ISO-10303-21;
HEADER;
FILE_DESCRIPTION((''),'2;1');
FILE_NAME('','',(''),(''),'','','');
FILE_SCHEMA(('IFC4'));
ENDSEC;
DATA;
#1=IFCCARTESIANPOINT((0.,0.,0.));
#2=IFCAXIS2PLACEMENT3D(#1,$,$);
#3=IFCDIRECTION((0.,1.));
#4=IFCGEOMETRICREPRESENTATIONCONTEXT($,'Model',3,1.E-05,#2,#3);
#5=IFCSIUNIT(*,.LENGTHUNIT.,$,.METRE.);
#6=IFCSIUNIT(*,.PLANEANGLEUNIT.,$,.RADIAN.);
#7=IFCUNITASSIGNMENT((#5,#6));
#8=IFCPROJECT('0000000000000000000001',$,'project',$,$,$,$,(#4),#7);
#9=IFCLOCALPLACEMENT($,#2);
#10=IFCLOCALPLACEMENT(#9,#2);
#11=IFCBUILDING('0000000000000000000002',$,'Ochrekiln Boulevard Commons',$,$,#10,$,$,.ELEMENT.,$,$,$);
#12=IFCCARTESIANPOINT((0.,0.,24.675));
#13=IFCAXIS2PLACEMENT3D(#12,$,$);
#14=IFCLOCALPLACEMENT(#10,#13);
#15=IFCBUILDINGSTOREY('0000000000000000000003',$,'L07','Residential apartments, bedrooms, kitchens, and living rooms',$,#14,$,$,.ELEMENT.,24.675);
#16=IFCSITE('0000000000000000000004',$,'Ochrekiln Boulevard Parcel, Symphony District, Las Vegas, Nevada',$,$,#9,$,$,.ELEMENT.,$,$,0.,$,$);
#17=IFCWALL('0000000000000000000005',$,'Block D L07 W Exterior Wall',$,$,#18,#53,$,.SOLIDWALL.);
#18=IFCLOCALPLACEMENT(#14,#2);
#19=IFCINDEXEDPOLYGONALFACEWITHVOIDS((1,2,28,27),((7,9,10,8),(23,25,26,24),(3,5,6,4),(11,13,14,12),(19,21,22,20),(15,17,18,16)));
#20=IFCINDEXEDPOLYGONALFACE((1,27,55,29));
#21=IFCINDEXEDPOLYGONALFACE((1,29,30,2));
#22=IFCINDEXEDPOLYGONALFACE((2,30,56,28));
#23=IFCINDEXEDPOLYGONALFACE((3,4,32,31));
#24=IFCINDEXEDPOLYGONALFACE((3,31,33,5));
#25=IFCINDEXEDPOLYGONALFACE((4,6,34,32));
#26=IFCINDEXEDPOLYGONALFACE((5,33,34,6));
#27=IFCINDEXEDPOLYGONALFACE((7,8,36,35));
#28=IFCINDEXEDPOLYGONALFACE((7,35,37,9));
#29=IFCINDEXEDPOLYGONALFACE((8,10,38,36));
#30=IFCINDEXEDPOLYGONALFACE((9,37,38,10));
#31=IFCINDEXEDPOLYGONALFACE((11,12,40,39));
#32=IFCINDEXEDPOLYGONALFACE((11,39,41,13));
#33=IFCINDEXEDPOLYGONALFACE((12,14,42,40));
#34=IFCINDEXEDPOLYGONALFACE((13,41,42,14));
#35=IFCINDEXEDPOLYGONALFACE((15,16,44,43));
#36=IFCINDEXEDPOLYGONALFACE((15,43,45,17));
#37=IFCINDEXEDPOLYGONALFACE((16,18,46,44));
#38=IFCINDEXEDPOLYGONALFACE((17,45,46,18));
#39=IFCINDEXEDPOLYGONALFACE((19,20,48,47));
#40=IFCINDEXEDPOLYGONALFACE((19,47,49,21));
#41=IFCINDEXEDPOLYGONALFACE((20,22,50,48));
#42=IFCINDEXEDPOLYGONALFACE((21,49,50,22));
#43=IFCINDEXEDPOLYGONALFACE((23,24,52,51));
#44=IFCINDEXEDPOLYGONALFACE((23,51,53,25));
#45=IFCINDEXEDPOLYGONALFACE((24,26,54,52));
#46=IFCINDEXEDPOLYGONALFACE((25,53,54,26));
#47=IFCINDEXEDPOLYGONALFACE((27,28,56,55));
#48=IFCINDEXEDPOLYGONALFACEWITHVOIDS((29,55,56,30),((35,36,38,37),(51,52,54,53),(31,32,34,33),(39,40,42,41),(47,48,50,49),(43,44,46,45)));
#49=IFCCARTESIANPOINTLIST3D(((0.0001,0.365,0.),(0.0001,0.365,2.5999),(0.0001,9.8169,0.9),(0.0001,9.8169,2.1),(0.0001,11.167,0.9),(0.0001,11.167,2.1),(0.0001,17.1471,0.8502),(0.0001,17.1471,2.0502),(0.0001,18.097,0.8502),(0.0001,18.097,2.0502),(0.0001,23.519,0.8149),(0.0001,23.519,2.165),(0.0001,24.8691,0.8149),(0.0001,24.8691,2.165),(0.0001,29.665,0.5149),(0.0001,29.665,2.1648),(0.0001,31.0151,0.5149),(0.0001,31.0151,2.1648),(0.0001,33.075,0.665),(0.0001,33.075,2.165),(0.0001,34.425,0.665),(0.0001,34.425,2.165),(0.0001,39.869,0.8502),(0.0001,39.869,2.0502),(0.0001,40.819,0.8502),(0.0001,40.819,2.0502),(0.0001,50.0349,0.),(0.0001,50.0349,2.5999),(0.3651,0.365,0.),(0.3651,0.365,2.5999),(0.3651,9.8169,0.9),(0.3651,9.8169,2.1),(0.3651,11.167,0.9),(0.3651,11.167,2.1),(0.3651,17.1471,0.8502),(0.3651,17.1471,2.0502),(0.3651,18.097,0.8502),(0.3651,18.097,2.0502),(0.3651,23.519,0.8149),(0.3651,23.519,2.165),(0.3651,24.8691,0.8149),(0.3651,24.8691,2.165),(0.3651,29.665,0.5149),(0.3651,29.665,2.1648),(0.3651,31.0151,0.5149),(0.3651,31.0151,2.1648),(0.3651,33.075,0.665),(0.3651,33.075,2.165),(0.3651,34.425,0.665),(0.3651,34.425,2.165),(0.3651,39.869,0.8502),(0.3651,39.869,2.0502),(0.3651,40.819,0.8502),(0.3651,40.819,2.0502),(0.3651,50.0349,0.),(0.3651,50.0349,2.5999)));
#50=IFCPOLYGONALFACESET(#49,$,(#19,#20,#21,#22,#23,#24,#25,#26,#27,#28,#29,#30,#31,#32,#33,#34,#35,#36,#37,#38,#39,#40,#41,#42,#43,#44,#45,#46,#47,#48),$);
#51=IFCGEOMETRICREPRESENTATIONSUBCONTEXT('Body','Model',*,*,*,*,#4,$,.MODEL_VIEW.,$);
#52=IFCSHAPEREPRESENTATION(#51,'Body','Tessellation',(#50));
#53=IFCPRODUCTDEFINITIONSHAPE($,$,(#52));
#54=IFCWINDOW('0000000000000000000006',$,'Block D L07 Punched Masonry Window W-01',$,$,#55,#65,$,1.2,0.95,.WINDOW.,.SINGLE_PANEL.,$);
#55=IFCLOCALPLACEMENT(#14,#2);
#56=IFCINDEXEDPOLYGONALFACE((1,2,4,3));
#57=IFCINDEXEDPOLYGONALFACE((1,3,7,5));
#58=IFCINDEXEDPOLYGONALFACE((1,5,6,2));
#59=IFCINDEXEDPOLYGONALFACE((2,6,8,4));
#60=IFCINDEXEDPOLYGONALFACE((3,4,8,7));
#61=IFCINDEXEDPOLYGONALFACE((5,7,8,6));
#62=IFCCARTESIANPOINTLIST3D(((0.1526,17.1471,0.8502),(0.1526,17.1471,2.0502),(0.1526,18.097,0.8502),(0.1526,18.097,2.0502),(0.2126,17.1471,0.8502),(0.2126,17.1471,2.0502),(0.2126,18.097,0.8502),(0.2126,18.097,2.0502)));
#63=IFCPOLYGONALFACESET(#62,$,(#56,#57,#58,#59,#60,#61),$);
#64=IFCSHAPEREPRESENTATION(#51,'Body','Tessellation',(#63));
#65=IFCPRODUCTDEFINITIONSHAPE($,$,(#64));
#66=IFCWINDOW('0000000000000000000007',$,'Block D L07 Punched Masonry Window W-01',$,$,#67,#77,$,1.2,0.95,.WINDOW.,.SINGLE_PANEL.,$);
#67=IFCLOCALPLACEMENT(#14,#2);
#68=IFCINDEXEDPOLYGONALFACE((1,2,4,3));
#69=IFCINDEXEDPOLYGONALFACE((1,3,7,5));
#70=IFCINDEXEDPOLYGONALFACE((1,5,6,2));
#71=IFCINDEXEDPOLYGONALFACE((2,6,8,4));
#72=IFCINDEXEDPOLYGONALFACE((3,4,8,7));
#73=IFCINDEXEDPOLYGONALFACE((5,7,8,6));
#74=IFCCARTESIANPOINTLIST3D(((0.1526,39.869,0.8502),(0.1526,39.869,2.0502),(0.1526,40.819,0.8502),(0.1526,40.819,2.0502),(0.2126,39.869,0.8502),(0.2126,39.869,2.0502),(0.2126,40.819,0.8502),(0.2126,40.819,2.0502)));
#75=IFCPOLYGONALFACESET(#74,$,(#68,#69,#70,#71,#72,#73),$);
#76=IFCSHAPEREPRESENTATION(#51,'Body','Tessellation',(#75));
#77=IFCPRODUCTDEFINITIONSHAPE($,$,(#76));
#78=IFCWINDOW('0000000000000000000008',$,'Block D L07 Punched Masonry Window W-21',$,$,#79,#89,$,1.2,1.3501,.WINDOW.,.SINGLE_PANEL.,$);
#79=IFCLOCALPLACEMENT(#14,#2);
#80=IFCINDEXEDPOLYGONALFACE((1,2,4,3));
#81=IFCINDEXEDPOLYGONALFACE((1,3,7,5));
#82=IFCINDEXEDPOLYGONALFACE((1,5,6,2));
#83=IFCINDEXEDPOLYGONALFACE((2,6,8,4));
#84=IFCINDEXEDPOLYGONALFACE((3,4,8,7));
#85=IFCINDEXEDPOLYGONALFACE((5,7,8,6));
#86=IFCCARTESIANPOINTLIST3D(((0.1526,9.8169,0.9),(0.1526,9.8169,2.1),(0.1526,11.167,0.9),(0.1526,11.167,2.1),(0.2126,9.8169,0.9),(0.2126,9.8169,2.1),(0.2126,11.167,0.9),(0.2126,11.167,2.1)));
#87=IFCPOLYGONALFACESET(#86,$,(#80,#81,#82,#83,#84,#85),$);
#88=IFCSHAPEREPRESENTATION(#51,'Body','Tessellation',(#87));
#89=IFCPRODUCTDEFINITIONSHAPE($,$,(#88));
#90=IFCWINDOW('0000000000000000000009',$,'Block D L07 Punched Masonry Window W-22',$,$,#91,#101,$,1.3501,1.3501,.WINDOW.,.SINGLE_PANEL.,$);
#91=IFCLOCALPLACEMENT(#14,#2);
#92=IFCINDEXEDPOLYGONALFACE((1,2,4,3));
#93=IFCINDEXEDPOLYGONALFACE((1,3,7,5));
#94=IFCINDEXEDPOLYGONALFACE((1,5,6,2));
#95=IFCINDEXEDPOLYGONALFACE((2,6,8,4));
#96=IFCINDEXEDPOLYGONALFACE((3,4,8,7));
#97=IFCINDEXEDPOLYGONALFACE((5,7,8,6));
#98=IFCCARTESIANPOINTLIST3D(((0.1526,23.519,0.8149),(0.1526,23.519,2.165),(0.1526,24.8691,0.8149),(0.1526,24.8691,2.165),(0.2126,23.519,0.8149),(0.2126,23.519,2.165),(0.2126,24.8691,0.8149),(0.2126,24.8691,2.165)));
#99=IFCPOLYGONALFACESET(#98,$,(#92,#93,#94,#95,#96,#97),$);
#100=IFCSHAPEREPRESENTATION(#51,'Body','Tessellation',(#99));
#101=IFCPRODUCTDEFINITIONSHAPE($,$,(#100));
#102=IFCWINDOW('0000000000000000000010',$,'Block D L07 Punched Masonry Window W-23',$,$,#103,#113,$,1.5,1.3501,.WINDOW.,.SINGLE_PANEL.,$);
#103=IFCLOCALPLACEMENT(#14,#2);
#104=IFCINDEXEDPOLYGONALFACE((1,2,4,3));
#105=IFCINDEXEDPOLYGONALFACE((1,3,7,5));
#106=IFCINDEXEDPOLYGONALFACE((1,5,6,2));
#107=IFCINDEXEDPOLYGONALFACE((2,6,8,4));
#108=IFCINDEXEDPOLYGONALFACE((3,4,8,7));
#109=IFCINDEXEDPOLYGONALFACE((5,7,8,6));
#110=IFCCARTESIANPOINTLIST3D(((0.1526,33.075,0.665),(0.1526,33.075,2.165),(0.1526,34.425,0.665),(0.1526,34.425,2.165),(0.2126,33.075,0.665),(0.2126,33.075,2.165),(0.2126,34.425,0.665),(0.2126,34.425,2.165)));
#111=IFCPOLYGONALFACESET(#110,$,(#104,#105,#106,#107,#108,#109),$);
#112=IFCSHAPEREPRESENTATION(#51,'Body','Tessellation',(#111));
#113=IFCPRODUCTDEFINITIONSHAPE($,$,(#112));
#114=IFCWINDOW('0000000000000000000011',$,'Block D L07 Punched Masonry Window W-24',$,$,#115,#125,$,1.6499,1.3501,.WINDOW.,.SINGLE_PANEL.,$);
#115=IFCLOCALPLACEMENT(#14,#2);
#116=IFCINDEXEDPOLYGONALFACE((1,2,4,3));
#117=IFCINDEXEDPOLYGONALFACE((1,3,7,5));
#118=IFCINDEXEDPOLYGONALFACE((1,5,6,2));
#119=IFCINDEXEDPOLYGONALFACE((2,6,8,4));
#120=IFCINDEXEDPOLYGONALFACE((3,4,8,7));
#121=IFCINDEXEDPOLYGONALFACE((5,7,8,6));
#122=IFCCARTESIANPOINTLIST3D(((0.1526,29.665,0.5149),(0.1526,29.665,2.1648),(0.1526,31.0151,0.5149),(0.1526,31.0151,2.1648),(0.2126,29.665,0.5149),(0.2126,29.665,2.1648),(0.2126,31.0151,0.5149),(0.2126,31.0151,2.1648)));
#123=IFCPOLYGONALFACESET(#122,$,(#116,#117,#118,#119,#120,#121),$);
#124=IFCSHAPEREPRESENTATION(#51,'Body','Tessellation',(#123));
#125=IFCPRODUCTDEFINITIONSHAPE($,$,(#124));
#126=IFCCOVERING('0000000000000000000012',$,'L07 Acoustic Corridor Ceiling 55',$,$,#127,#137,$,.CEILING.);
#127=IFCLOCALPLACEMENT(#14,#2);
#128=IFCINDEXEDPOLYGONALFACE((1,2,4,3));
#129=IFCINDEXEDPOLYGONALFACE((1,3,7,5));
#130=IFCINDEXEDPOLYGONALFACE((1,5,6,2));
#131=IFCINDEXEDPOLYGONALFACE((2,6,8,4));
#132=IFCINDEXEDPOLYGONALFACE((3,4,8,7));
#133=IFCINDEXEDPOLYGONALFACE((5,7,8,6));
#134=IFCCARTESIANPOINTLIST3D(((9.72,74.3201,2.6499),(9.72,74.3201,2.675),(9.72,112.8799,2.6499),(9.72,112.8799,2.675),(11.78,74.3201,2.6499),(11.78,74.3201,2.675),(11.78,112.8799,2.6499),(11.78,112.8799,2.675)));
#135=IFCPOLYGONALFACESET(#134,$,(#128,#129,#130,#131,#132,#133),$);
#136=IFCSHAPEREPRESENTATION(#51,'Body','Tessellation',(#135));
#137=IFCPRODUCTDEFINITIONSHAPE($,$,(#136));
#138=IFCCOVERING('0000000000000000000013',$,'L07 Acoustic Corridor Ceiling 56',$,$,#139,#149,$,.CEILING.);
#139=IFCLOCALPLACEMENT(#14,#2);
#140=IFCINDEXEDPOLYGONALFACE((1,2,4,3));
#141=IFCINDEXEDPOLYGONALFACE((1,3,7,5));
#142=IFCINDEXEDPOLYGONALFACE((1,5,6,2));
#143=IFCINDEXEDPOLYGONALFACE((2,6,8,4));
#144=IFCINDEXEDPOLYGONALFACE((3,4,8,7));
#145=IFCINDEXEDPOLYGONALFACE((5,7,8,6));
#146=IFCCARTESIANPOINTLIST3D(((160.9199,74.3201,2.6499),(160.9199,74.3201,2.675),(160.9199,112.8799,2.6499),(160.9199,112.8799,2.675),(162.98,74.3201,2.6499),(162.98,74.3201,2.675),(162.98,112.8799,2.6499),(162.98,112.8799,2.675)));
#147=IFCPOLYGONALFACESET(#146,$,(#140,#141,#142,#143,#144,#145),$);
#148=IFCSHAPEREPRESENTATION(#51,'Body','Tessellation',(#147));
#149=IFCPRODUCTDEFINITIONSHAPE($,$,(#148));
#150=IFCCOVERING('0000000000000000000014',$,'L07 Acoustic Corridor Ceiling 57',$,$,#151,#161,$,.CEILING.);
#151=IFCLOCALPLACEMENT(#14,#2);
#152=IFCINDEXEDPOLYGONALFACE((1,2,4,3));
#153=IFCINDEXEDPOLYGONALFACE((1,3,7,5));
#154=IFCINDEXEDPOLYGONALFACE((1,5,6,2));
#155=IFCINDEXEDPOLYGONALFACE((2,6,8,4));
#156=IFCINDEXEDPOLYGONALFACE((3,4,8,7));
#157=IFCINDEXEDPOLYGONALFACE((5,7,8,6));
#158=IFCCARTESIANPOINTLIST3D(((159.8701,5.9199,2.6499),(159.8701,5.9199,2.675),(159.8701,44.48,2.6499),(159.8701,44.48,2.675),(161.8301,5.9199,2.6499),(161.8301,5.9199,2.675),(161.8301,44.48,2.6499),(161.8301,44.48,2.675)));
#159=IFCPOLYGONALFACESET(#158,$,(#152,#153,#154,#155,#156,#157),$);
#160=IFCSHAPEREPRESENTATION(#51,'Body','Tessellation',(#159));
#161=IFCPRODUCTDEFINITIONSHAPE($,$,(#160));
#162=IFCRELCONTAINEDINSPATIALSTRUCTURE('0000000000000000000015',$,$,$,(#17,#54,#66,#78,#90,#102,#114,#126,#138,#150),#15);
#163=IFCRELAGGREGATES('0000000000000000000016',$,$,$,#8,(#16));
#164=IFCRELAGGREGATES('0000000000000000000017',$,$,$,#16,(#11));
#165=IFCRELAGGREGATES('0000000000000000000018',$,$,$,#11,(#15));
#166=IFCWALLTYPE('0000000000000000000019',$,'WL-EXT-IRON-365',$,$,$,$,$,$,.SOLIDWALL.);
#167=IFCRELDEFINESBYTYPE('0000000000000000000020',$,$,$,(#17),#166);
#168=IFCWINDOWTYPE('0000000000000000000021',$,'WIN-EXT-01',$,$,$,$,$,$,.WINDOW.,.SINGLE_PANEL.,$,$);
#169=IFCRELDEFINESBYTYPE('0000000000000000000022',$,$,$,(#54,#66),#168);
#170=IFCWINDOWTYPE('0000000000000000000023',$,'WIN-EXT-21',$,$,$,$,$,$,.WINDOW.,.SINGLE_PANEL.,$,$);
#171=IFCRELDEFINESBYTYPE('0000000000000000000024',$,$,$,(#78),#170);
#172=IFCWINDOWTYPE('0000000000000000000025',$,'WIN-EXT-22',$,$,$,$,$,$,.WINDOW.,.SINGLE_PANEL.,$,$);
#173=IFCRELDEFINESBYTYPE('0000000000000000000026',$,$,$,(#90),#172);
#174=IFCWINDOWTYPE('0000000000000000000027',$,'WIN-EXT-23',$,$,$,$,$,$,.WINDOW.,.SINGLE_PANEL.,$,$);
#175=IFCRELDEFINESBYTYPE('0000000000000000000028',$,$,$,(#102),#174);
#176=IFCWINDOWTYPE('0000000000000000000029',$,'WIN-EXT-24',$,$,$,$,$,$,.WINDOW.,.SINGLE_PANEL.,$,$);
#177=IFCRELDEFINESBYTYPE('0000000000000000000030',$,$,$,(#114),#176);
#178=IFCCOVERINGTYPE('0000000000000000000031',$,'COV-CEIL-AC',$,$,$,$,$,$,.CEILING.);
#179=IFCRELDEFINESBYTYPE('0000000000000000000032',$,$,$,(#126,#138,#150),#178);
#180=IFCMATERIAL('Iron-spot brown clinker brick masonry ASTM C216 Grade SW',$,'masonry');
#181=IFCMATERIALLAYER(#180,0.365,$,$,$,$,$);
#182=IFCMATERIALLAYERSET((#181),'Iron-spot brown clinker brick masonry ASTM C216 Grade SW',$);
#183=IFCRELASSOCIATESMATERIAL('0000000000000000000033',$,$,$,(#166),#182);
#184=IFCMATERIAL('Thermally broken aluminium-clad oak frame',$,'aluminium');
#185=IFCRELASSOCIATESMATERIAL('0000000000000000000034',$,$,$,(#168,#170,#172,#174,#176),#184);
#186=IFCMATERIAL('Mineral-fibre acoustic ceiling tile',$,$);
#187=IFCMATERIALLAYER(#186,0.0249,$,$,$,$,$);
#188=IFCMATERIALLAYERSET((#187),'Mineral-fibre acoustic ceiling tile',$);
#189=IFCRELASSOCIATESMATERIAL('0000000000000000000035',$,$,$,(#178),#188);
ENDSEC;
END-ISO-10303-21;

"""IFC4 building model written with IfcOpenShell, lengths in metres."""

from ifc_helpers import new_model, si_unit, direction, frame, frame_2d, origin, place, context, subcontext, project, spatial, polyline, rectangle, outline, extrude, material, layer, layer_set, type_object, element, fill, save


model = new_model("IFC4")

# Units and contexts
model_context = context("Model", 3, precision=1e-05, world=origin(), true_north=direction((0.0, 1.0)))
body_context = subcontext(model_context, "Body", "Model", "MODEL_VIEW")
ifc_project = project(units=[si_unit("LENGTHUNIT", "METRE"), si_unit("PLANEANGLEUNIT", "RADIAN")], contexts=[model_context])

# Site, building, storey
site_placement = place(None, origin())
site = spatial("IfcSite", under=ifc_project, at=site_placement, Name="Ochrekiln Boulevard Parcel, Symphony District, Las Vegas, Nevada", CompositionType="ELEMENT", RefElevation=0.0)
building_placement = place(site_placement, origin())
building = spatial("IfcBuilding", under=site, at=building_placement, Name="Ochrekiln Boulevard Commons", CompositionType="ELEMENT")
storey_placement = place(building_placement, frame((0.0, 0.0, 24.675)))
storey = spatial("IfcBuildingStorey", under=building, at=storey_placement, Name="L07", Description="Residential apartments, bedrooms, kitchens, and living rooms", CompositionType="ELEMENT", Elevation=24.675)

# Shared definitions
ifc_material_1 = material(Name="Iron-spot brown clinker brick masonry ASTM C216 Grade SW", Category="masonry")
ifc_layer_1 = layer(ifc_material_1, 0.365)
ifc_layer_set_1 = layer_set([ifc_layer_1], Name="Iron-spot brown clinker brick masonry ASTM C216 Grade SW")
wall_type = type_object("IfcWallType", Name="WL-EXT-IRON-365", PredefinedType="SOLIDWALL", material=ifc_layer_set_1)

# Wall, openings, windows
wall_1_placement = place(storey_placement, frame((0.1826, 0.365, 0.0), z_axis=(0.0, 0.0, 1.0), x_axis=(0.0, 1.0, 0.0)))
wall_1 = element("IfcWall", 1, at=wall_1_placement, inside=storey, type_object=wall_type, Name="Block D L07 W Exterior Wall", PredefinedType="SOLIDWALL", context=body_context, shape_type="SweptSolid", body=[
    extrude(rectangle(XDim=49.6699, YDim=0.365, at=frame_2d((24.835, 0.0))), origin(), (0.0, 0.0, 1.0), 2.5999),
])
opening_1_placement = place(wall_1_placement, frame((16.782, 0.0, 0.8501)))
opening_1 = element("IfcOpeningElement", 2, at=opening_1_placement, cuts=wall_1, PredefinedType="OPENING", context=body_context, shape_type="SweptSolid", body=[
    extrude(rectangle(XDim=0.95, YDim=1.2, at=frame_2d((0.4751, 0.6001))), frame((0.0, 0.1924, 0.0), z_axis=(0.0, -1.0, 0.0), x_axis=(1.0, 0.0, 0.0)), (0.0, 0.0, 1.0), 0.385),
])
opening_2_placement = place(wall_1_placement, frame((9.4519, 0.0, 0.8999)))
opening_2 = element("IfcOpeningElement", 3, at=opening_2_placement, cuts=wall_1, PredefinedType="OPENING", context=body_context, shape_type="SweptSolid", body=[
    extrude(rectangle(XDim=1.3501, YDim=1.2, at=frame_2d((0.675, 0.6001))), frame((0.0, 0.1924, 0.0), z_axis=(0.0, -1.0, 0.0), x_axis=(1.0, 0.0, 0.0)), (0.0, 0.0, 1.0), 0.385),
])
opening_3_placement = place(wall_1_placement, frame((23.1541, 0.0, 0.8149)))
opening_3 = element("IfcOpeningElement", 4, at=opening_3_placement, cuts=wall_1, PredefinedType="OPENING", context=body_context, shape_type="SweptSolid", body=[
    extrude(rectangle(XDim=1.3501, YDim=1.3501, at=frame_2d((0.675, 0.675))), frame((0.0, 0.1924, 0.0), z_axis=(0.0, -1.0, 0.0), x_axis=(1.0, 0.0, 0.0)), (0.0, 0.0, 1.0), 0.385),
])
opening_4_placement = place(wall_1_placement, frame((32.71, 0.0, 0.665)))
opening_4 = element("IfcOpeningElement", 5, at=opening_4_placement, cuts=wall_1, PredefinedType="OPENING", context=body_context, shape_type="SweptSolid", body=[
    extrude(rectangle(XDim=1.3501, YDim=1.5, at=frame_2d((0.675, 0.75))), frame((0.0, 0.1924, 0.0), z_axis=(0.0, -1.0, 0.0), x_axis=(1.0, 0.0, 0.0)), (0.0, 0.0, 1.0), 0.385),
])
opening_5_placement = place(wall_1_placement, frame((29.3, 0.0, 0.5149)))
opening_5 = element("IfcOpeningElement", 6, at=opening_5_placement, cuts=wall_1, PredefinedType="OPENING", context=body_context, shape_type="SweptSolid", body=[
    extrude(rectangle(XDim=1.3501, YDim=1.6499, at=frame_2d((0.675, 0.825))), frame((0.0, 0.1924, 0.0), z_axis=(0.0, -1.0, 0.0), x_axis=(1.0, 0.0, 0.0)), (0.0, 0.0, 1.0), 0.385),
])
opening_6_placement = place(wall_1_placement, frame((39.5039, 0.0, 0.8501)))
opening_6 = element("IfcOpeningElement", 7, at=opening_6_placement, cuts=wall_1, PredefinedType="OPENING", context=body_context, shape_type="SweptSolid", body=[
    extrude(rectangle(XDim=0.95, YDim=1.2, at=frame_2d((0.4751, 0.6001))), frame((0.0, 0.1924, 0.0), z_axis=(0.0, -1.0, 0.0), x_axis=(1.0, 0.0, 0.0)), (0.0, 0.0, 1.0), 0.385),
])
ifc_material_2 = material(Name="Thermally broken aluminium-clad oak frame", Category="aluminium")
window_type_1 = type_object("IfcWindowType", Name="WIN-EXT-01", PartitioningType="SINGLE_PANEL", PredefinedType="WINDOW", material=ifc_material_2)
window_1_placement = place(opening_1_placement, origin())
window_1 = element("IfcWindow", 8, at=window_1_placement, inside=storey, type_object=window_type_1, Name="Block D L07 Punched Masonry Window W-01", OverallHeight=1.2, OverallWidth=0.95, PartitioningType="SINGLE_PANEL", PredefinedType="WINDOW", context=body_context, shape_type="SweptSolid", body=[
    extrude(rectangle(XDim=0.95, YDim=1.2, at=frame_2d((0.4751, 0.6001))), frame((0.0, 0.03, 0.0), z_axis=(0.0, -1.0, 0.0), x_axis=(1.0, 0.0, 0.0)), (0.0, 0.0, 1.0), 0.0601),
])
fill(opening_1, window_1)
window_2_placement = place(opening_6_placement, origin())
window_2 = element("IfcWindow", 9, at=window_2_placement, inside=storey, type_object=window_type_1, Name="Block D L07 Punched Masonry Window W-01", OverallHeight=1.2, OverallWidth=0.95, PartitioningType="SINGLE_PANEL", PredefinedType="WINDOW", context=body_context, shape_type="SweptSolid", body=[
    extrude(rectangle(XDim=0.95, YDim=1.2, at=frame_2d((0.4751, 0.6001))), frame((0.0, 0.03, 0.0), z_axis=(0.0, -1.0, 0.0), x_axis=(1.0, 0.0, 0.0)), (0.0, 0.0, 1.0), 0.0601),
])
fill(opening_6, window_2)
window_type_2 = type_object("IfcWindowType", Name="WIN-EXT-21", PartitioningType="SINGLE_PANEL", PredefinedType="WINDOW", material=ifc_material_2)
window_3_placement = place(opening_2_placement, origin())
window_3 = element("IfcWindow", 10, at=window_3_placement, inside=storey, type_object=window_type_2, Name="Block D L07 Punched Masonry Window W-21", OverallHeight=1.2, OverallWidth=1.3501, PartitioningType="SINGLE_PANEL", PredefinedType="WINDOW", context=body_context, shape_type="SweptSolid", body=[
    extrude(rectangle(XDim=1.3501, YDim=1.2, at=frame_2d((0.675, 0.6001))), frame((0.0, 0.03, 0.0), z_axis=(0.0, -1.0, 0.0), x_axis=(1.0, 0.0, 0.0)), (0.0, 0.0, 1.0), 0.0601),
])
fill(opening_2, window_3)
window_type_3 = type_object("IfcWindowType", Name="WIN-EXT-22", PartitioningType="SINGLE_PANEL", PredefinedType="WINDOW", material=ifc_material_2)
window_4_placement = place(opening_3_placement, origin())
window_4 = element("IfcWindow", 11, at=window_4_placement, inside=storey, type_object=window_type_3, Name="Block D L07 Punched Masonry Window W-22", OverallHeight=1.3501, OverallWidth=1.3501, PartitioningType="SINGLE_PANEL", PredefinedType="WINDOW", context=body_context, shape_type="SweptSolid", body=[
    extrude(rectangle(XDim=1.3501, YDim=1.3501, at=frame_2d((0.675, 0.675))), frame((0.0, 0.03, 0.0), z_axis=(0.0, -1.0, 0.0), x_axis=(1.0, 0.0, 0.0)), (0.0, 0.0, 1.0), 0.0601),
])
fill(opening_3, window_4)
window_type_4 = type_object("IfcWindowType", Name="WIN-EXT-23", PartitioningType="SINGLE_PANEL", PredefinedType="WINDOW", material=ifc_material_2)
window_5_placement = place(opening_4_placement, origin())
window_5 = element("IfcWindow", 12, at=window_5_placement, inside=storey, type_object=window_type_4, Name="Block D L07 Punched Masonry Window W-23", OverallHeight=1.5, OverallWidth=1.3501, PartitioningType="SINGLE_PANEL", PredefinedType="WINDOW", context=body_context, shape_type="SweptSolid", body=[
    extrude(rectangle(XDim=1.3501, YDim=1.5, at=frame_2d((0.675, 0.75))), frame((0.0, 0.03, 0.0), z_axis=(0.0, -1.0, 0.0), x_axis=(1.0, 0.0, 0.0)), (0.0, 0.0, 1.0), 0.0601),
])
fill(opening_4, window_5)
window_type_5 = type_object("IfcWindowType", Name="WIN-EXT-24", PartitioningType="SINGLE_PANEL", PredefinedType="WINDOW", material=ifc_material_2)
window_6_placement = place(opening_5_placement, origin())
window_6 = element("IfcWindow", 13, at=window_6_placement, inside=storey, type_object=window_type_5, Name="Block D L07 Punched Masonry Window W-24", OverallHeight=1.6499, OverallWidth=1.3501, PartitioningType="SINGLE_PANEL", PredefinedType="WINDOW", context=body_context, shape_type="SweptSolid", body=[
    extrude(rectangle(XDim=1.3501, YDim=1.6499, at=frame_2d((0.675, 0.825))), frame((0.0, 0.03, 0.0), z_axis=(0.0, -1.0, 0.0), x_axis=(1.0, 0.0, 0.0)), (0.0, 0.0, 1.0), 0.0601),
])
fill(opening_5, window_6)

# Coverings
ifc_material_3 = material(Name="Mineral-fibre acoustic ceiling tile")
ifc_layer_2 = layer(ifc_material_3, 0.0249)
ifc_layer_set_2 = layer_set([ifc_layer_2], Name="Mineral-fibre acoustic ceiling tile")
covering_type = type_object("IfcCoveringType", Name="COV-CEIL-AC", PredefinedType="CEILING", material=ifc_layer_set_2)
covering_1_placement = place(storey_placement, frame((0.0, 0.0, 2.6499)))
element("IfcCovering", 14, at=covering_1_placement, inside=storey, type_object=covering_type, Name="L07 Acoustic Corridor Ceiling 55", PredefinedType="CEILING", context=body_context, shape_type="SweptSolid", body=[
    extrude(outline(polyline([(9.72, 74.3201), (11.78, 74.3201), (11.78, 112.8799), (9.72, 112.8799), (9.72, 74.3201)])), origin(), (0.0, 0.0, 1.0), 0.0251),
])
covering_2_placement = place(storey_placement, frame((0.0, 0.0, 2.6499)))
element("IfcCovering", 15, at=covering_2_placement, inside=storey, type_object=covering_type, Name="L07 Acoustic Corridor Ceiling 56", PredefinedType="CEILING", context=body_context, shape_type="SweptSolid", body=[
    extrude(outline(polyline([(160.9199, 74.3201), (162.98, 74.3201), (162.98, 112.8799), (160.9199, 112.8799), (160.9199, 74.3201)])), origin(), (0.0, 0.0, 1.0), 0.0251),
])
covering_3_placement = place(storey_placement, frame((0.0, 0.0, 2.6499)))
element("IfcCovering", 16, at=covering_3_placement, inside=storey, type_object=covering_type, Name="L07 Acoustic Corridor Ceiling 57", PredefinedType="CEILING", context=body_context, shape_type="SweptSolid", body=[
    extrude(outline(polyline([(159.8701, 5.9199), (161.8301, 5.9199), (161.8301, 44.48), (159.8701, 44.48), (159.8701, 5.9199)])), origin(), (0.0, 0.0, 1.0), 0.0251),
])

save(model, "model.ifc")
